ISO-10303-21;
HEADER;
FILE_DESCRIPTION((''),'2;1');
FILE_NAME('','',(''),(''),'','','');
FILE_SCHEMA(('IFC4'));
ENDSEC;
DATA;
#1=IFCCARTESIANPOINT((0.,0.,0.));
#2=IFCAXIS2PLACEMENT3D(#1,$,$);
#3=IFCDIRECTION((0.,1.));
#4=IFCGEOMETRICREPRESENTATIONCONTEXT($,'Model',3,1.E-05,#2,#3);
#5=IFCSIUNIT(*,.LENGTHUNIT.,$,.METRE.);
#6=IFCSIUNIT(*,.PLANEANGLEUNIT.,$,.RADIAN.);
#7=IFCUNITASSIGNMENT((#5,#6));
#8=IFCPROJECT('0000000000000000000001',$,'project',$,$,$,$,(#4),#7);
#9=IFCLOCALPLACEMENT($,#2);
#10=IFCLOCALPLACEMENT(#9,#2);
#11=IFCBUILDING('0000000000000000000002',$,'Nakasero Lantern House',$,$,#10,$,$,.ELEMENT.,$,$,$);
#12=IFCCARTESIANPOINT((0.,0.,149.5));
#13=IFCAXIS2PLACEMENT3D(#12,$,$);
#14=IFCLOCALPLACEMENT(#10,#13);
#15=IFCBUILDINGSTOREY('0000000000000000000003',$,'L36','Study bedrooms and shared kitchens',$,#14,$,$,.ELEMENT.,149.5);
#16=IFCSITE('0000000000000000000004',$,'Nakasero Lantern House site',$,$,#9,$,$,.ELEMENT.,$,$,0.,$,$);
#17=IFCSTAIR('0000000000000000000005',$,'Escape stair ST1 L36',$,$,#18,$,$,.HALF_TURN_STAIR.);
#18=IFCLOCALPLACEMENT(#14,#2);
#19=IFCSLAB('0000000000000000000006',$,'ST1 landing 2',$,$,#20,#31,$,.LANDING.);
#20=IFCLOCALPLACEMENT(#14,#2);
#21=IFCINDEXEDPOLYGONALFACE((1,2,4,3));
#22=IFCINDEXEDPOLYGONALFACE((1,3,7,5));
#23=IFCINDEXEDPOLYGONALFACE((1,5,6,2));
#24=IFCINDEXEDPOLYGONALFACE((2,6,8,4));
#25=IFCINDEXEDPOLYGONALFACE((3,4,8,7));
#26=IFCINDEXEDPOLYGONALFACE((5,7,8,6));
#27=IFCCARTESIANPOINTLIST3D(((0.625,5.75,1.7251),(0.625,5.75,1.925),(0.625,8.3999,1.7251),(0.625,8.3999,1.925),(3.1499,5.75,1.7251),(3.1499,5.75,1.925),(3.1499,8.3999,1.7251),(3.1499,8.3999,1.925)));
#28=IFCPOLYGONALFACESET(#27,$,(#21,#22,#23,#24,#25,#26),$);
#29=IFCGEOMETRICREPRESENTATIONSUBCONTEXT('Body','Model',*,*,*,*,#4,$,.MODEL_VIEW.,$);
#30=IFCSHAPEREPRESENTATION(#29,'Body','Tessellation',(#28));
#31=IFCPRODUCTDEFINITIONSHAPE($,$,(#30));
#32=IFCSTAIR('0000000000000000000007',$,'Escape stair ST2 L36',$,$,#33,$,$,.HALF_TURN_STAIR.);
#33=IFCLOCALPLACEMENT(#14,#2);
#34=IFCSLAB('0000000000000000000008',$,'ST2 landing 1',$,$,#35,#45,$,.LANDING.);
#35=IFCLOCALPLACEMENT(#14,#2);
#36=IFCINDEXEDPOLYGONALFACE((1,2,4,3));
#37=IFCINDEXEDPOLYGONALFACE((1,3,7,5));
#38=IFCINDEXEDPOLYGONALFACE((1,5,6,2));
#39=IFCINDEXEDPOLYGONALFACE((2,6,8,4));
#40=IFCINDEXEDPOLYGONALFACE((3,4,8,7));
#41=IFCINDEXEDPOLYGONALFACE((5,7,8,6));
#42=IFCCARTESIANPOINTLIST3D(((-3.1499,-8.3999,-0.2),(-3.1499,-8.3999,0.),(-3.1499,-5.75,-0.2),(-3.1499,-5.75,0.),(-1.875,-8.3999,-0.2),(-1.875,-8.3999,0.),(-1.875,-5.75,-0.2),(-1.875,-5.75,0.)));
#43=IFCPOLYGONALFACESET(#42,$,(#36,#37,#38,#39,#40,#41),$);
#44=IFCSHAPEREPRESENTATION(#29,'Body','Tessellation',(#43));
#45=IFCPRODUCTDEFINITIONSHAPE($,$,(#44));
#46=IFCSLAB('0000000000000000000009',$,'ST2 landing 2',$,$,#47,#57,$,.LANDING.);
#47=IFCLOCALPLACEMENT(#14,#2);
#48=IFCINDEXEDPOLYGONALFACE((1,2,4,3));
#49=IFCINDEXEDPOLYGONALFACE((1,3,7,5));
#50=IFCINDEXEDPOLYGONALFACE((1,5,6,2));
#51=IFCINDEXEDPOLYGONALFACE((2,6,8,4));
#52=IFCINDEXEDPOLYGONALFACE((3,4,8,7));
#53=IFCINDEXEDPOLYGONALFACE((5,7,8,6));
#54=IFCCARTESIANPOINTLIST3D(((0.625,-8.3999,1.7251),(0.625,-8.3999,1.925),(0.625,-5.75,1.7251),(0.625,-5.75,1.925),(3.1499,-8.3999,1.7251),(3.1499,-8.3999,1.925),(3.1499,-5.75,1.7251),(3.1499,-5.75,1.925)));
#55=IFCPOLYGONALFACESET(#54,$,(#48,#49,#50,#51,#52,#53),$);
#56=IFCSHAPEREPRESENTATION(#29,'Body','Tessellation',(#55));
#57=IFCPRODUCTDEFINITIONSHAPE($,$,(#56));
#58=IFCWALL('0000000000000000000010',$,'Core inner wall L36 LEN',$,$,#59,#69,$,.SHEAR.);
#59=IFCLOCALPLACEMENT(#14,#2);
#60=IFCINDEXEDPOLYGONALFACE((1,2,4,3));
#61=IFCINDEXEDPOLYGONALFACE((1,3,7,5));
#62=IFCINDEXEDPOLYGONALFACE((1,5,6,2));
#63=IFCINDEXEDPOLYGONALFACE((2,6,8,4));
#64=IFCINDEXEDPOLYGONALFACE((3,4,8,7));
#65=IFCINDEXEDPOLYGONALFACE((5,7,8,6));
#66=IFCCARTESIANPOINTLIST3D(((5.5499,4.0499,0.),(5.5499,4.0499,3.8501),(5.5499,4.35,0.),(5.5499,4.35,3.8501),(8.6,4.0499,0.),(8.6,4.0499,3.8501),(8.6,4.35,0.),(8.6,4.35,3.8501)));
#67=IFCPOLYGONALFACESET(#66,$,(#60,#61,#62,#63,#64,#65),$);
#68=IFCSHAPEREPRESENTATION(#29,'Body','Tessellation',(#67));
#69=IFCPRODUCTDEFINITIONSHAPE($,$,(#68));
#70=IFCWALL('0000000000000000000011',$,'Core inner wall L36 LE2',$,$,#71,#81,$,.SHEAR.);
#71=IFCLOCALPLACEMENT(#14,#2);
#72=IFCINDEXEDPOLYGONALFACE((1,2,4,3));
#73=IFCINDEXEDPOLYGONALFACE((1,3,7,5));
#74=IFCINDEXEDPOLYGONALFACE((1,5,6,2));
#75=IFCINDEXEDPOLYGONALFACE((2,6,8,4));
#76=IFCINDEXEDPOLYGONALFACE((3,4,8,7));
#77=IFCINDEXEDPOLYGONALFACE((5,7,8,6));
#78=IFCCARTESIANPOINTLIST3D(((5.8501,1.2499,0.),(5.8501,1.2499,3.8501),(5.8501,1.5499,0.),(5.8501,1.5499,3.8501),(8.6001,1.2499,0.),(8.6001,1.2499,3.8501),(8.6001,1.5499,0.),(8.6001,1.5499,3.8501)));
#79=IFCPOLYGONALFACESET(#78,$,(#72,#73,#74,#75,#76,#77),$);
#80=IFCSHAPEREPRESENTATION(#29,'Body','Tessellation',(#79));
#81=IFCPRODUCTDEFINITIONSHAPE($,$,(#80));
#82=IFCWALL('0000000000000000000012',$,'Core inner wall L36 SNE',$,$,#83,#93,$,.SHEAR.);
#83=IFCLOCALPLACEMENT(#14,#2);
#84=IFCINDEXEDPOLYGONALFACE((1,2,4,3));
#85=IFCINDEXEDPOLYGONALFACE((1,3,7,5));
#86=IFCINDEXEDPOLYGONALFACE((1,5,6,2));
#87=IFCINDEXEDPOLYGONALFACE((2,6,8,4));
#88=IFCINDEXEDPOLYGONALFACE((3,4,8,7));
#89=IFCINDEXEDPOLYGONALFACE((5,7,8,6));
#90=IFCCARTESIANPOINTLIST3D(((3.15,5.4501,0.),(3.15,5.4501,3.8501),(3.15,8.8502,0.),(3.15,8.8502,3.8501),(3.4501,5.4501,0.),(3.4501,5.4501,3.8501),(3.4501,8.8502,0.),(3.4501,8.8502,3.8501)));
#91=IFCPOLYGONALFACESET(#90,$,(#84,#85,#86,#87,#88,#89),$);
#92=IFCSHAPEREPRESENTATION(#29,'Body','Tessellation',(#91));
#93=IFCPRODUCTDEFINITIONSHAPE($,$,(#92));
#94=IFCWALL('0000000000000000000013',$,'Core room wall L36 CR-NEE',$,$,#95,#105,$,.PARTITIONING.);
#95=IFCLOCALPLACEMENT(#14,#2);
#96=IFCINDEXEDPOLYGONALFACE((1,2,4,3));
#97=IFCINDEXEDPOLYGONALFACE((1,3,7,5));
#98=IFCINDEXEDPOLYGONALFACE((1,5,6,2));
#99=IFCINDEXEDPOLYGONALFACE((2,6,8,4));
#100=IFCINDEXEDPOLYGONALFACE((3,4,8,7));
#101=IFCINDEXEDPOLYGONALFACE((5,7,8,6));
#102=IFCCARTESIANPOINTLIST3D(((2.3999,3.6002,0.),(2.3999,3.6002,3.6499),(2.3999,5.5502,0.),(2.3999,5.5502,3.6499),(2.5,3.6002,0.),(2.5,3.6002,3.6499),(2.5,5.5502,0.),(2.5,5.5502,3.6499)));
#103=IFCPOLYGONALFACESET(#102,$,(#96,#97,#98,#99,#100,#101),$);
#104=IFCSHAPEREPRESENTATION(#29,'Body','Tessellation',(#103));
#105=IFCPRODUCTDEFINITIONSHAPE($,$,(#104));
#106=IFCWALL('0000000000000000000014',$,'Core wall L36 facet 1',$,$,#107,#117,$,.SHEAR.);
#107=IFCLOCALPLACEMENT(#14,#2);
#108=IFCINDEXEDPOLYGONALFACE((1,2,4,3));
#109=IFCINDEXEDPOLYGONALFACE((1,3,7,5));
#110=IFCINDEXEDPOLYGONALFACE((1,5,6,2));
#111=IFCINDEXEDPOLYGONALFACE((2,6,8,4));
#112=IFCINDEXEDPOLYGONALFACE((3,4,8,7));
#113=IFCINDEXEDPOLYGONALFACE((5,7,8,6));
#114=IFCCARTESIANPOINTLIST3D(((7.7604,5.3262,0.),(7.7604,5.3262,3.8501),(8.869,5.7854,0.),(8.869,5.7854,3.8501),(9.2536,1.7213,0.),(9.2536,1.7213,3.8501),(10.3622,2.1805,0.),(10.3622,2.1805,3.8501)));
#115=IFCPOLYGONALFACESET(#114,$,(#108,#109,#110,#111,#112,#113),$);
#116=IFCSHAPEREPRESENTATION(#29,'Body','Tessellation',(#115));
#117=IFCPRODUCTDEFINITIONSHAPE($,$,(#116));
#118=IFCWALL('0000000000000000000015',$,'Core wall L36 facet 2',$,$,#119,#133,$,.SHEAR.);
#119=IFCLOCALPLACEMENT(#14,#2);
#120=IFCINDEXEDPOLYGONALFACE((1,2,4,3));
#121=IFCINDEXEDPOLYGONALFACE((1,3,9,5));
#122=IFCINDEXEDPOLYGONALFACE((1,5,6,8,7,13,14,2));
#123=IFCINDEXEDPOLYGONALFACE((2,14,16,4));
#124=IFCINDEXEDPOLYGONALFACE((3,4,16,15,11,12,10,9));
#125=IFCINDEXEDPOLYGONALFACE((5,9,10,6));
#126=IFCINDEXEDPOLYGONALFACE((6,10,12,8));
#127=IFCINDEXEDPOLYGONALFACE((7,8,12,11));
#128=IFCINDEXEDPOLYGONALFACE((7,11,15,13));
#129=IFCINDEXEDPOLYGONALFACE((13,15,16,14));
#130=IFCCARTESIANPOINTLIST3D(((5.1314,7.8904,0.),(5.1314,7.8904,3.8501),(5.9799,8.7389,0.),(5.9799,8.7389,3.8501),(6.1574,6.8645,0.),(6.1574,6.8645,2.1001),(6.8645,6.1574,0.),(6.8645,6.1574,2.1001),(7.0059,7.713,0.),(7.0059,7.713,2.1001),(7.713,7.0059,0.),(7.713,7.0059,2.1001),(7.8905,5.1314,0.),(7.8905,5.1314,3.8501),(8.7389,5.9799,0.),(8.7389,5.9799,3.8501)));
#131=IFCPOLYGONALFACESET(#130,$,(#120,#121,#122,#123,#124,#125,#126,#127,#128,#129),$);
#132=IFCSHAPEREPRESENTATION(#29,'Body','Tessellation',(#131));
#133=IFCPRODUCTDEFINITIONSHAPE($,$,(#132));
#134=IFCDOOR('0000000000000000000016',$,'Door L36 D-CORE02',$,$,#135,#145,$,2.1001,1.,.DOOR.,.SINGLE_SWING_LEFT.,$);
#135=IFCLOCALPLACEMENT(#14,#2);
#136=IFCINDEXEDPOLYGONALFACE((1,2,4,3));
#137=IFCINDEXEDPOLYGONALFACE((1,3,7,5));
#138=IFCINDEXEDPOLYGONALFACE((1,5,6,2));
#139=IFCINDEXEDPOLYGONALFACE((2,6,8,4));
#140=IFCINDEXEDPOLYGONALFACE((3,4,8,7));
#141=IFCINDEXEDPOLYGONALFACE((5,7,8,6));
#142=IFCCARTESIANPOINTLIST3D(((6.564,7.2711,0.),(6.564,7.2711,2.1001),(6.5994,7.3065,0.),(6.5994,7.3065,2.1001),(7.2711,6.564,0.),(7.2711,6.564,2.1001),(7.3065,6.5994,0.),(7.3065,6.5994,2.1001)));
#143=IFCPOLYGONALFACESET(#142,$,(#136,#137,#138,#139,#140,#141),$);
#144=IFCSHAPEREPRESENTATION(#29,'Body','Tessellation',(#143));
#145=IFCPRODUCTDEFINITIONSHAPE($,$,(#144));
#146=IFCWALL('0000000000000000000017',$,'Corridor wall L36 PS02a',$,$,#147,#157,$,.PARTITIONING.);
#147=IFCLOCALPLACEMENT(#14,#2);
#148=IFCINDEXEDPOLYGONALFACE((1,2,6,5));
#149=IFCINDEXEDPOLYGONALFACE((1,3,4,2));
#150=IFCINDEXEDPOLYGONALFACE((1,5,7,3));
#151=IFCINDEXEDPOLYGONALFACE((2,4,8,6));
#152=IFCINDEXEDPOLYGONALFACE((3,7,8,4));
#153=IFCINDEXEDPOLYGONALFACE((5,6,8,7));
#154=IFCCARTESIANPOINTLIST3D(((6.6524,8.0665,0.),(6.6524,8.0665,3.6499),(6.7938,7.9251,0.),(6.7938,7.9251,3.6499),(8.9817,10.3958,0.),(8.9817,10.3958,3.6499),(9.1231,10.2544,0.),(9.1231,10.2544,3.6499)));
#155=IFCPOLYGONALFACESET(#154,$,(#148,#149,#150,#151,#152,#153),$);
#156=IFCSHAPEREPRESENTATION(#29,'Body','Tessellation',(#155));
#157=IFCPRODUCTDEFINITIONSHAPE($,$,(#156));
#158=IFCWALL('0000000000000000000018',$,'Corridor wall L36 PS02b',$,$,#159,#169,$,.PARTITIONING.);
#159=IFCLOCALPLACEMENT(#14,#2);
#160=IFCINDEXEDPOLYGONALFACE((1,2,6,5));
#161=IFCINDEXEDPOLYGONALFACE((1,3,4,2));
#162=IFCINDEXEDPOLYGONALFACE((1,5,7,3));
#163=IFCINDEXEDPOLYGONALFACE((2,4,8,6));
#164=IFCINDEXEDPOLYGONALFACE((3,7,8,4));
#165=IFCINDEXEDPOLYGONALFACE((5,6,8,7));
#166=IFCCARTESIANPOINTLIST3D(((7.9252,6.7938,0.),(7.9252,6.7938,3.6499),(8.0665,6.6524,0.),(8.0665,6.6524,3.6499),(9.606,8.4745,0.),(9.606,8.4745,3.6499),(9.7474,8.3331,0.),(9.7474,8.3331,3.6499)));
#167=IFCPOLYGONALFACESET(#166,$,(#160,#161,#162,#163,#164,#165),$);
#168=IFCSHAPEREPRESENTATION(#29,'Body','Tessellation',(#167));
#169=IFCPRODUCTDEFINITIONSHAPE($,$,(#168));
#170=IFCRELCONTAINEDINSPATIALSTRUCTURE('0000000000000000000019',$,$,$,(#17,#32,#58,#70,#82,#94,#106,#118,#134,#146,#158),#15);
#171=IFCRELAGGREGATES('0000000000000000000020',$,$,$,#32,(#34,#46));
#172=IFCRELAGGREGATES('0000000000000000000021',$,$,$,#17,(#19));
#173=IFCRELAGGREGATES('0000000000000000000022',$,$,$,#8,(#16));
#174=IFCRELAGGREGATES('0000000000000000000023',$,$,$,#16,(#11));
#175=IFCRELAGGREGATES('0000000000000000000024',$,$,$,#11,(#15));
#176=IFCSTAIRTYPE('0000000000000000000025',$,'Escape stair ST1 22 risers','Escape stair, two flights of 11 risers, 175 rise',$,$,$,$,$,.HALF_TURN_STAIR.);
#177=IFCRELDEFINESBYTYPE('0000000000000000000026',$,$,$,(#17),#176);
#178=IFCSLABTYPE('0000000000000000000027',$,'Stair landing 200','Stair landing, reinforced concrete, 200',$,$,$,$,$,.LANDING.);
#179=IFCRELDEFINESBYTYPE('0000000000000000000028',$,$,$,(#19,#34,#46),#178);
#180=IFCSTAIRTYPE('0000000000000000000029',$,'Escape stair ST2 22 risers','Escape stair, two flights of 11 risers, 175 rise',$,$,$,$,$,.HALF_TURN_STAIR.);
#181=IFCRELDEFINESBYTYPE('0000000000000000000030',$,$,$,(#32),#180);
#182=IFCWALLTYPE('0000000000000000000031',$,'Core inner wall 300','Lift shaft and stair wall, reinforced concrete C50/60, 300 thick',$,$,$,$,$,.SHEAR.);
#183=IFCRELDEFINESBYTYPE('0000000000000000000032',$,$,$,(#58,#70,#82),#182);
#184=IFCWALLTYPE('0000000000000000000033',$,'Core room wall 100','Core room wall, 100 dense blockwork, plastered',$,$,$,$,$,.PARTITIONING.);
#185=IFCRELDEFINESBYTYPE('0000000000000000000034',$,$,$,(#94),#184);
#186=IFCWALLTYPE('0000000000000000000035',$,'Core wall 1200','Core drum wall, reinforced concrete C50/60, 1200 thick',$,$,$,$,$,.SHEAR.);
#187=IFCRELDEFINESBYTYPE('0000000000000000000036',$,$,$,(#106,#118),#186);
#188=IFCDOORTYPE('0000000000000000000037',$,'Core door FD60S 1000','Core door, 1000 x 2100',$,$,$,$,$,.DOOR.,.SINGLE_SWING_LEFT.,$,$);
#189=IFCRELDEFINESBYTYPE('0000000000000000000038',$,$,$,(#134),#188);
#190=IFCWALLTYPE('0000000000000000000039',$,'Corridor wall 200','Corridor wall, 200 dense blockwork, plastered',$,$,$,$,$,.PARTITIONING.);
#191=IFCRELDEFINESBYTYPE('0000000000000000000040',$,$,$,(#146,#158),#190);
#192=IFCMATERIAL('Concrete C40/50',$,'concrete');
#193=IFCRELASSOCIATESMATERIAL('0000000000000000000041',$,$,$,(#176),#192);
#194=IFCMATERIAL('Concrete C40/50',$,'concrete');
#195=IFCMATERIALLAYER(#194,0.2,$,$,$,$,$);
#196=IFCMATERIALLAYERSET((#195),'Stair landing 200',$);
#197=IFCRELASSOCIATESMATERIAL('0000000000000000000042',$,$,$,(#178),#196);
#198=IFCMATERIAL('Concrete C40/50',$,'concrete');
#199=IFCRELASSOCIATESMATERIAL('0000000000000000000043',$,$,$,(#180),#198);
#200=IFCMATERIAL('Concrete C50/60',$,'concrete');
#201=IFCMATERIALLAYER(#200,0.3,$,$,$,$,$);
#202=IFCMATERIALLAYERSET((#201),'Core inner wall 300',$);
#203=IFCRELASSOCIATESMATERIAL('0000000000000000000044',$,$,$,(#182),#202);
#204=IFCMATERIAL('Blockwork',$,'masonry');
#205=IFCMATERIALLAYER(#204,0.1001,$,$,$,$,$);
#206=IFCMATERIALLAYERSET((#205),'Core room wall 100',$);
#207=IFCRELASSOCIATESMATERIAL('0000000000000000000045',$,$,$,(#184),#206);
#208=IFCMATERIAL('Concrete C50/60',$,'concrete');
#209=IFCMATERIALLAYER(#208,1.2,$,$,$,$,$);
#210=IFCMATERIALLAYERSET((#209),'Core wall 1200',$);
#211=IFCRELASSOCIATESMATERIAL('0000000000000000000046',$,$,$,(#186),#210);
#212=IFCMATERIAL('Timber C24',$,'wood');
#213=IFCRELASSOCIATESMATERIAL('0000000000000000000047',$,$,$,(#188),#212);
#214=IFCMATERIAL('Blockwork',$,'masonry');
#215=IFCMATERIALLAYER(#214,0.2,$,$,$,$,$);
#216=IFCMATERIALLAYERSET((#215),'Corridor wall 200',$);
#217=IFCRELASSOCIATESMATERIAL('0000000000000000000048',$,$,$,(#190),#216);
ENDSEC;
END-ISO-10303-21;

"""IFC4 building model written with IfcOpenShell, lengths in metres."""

from ifc_helpers import new_model, si_unit, direction, frame, frame_2d, origin, place, context, subcontext, project, spatial, polyline, rectangle, outline, extrude, material, layer, layer_set, type_object, element, fill, aggregate, save


model = new_model("IFC4")

# Units and contexts
model_context = context("Model", 3, precision=1e-05, world=origin(), true_north=direction((0.0, 1.0)))
body_context = subcontext(model_context, "Body", "Model", "MODEL_VIEW")
ifc_project = project(units=[si_unit("LENGTHUNIT", "METRE"), si_unit("PLANEANGLEUNIT", "RADIAN")], contexts=[model_context])

# Site, building, storey
site_placement = place(None, origin())
site = spatial("IfcSite", under=ifc_project, at=site_placement, Name="Nakasero Lantern House site", CompositionType="ELEMENT", RefElevation=0.0)
building_placement = place(site_placement, origin())
building = spatial("IfcBuilding", under=site, at=building_placement, Name="Nakasero Lantern House", CompositionType="ELEMENT")
storey_placement = place(building_placement, frame((0.0, 0.0, 149.5)))
storey = spatial("IfcBuildingStorey", under=building, at=storey_placement, Name="L36", Description="Study bedrooms and shared kitchens", CompositionType="ELEMENT", Elevation=149.5)

# Stairs, slabs
ifc_material_1 = material(Name="Concrete C40/50", Category="concrete")
stair_type_1 = type_object("IfcStairType", Name="Escape stair ST1 22 risers", Description="Escape stair, two flights of 11 risers, 175 rise", PredefinedType="HALF_TURN_STAIR", material=ifc_material_1)
stair_1_placement = place(storey_placement, origin())
stair_1 = element("IfcStair", 1, at=stair_1_placement, inside=storey, type_object=stair_type_1, Name="Escape stair ST1 L36", PredefinedType="HALF_TURN_STAIR")
ifc_material_2 = material(Name="Concrete C40/50", Category="concrete")
ifc_layer_1 = layer(ifc_material_2, 0.2)
ifc_layer_set_1 = layer_set([ifc_layer_1], Name="Stair landing 200")
slab_type_1 = type_object("IfcSlabType", Name="Stair landing 200", Description="Stair landing, reinforced concrete, 200", PredefinedType="LANDING", material=ifc_layer_set_1)
slab_1_placement = place(storey_placement, frame((0.0, 0.0, 1.7251)))
slab_1 = element("IfcSlab", 2, at=slab_1_placement, type_object=slab_type_1, Name="ST1 landing 2", PredefinedType="LANDING", context=body_context, shape_type="SweptSolid", body=[
    extrude(outline(polyline([(0.625, 5.75), (3.1499, 5.75), (3.1499, 8.3999), (0.625, 8.3999), (0.625, 5.75)])), origin(), (0.0, 0.0, 1.0), 0.2),
])
ifc_material_3 = material(Name="Concrete C40/50", Category="concrete")
stair_type_2 = type_object("IfcStairType", Name="Escape stair ST2 22 risers", Description="Escape stair, two flights of 11 risers, 175 rise", PredefinedType="HALF_TURN_STAIR", material=ifc_material_3)
stair_2_placement = place(storey_placement, origin())
stair_2 = element("IfcStair", 3, at=stair_2_placement, inside=storey, type_object=stair_type_2, Name="Escape stair ST2 L36", PredefinedType="HALF_TURN_STAIR")
slab_2_placement = place(storey_placement, frame((0.0, 0.0, -0.2)))
slab_2 = element("IfcSlab", 4, at=slab_2_placement, type_object=slab_type_1, Name="ST2 landing 1", PredefinedType="LANDING", context=body_context, shape_type="SweptSolid", body=[
    extrude(outline(polyline([(-3.1499, -8.3999), (-1.875, -8.3999), (-1.875, -5.75), (-3.1499, -5.75), (-3.1499, -8.3999)])), origin(), (0.0, 0.0, 1.0), 0.2),
])
slab_3_placement = place(storey_placement, frame((0.0, 0.0, 1.7251)))
slab_3 = element("IfcSlab", 5, at=slab_3_placement, type_object=slab_type_1, Name="ST2 landing 2", PredefinedType="LANDING", context=body_context, shape_type="SweptSolid", body=[
    extrude(outline(polyline([(0.625, -8.3999), (3.1499, -8.3999), (3.1499, -5.75), (0.625, -5.75), (0.625, -8.3999)])), origin(), (0.0, 0.0, 1.0), 0.2),
])
aggregate(stair_2, [slab_2, slab_3])

# Walls
ifc_material_4 = material(Name="Concrete C50/60", Category="concrete")
ifc_layer_2 = layer(ifc_material_4, 0.3)
ifc_layer_set_2 = layer_set([ifc_layer_2], Name="Core inner wall 300")
wall_type_1 = type_object("IfcWallType", Name="Core inner wall 300", Description="Lift shaft and stair wall, reinforced concrete C50/60, 300 thick", PredefinedType="SHEAR", material=ifc_layer_set_2)
wall_1_placement = place(storey_placement, frame((5.55, 4.2, 0.0), z_axis=(0.0, 0.0, 1.0), x_axis=(1.0, 0.0, 0.0)))
element("IfcWall", 6, at=wall_1_placement, inside=storey, type_object=wall_type_1, Name="Core inner wall L36 LEN", PredefinedType="SHEAR", context=body_context, shape_type="SweptSolid", body=[
    extrude(rectangle(XDim=3.05, YDim=0.3, at=frame_2d((1.5249, 0.0))), origin(), (0.0, 0.0, 1.0), 3.8501),
])
wall_2_placement = place(storey_placement, frame((5.8501, 1.3999, 0.0), z_axis=(0.0, 0.0, 1.0), x_axis=(1.0, 0.0, 0.0)))
element("IfcWall", 7, at=wall_2_placement, inside=storey, type_object=wall_type_1, Name="Core inner wall L36 LE2", PredefinedType="SHEAR", context=body_context, shape_type="SweptSolid", body=[
    extrude(rectangle(XDim=2.75, YDim=0.3, at=frame_2d((1.375, 0.0))), origin(), (0.0, 0.0, 1.0), 3.8501),
])
wall_3_placement = place(storey_placement, frame((3.3, 5.45, 0.0), z_axis=(0.0, 0.0, 1.0), x_axis=(0.0, 1.0, 0.0)))
element("IfcWall", 8, at=wall_3_placement, inside=storey, type_object=wall_type_1, Name="Core inner wall L36 SNE", PredefinedType="SHEAR", context=body_context, shape_type="SweptSolid", body=[
    extrude(rectangle(XDim=3.4001, YDim=0.3, at=frame_2d((1.7002, 0.0))), origin(), (0.0, 0.0, 1.0), 3.8501),
])
ifc_material_5 = material(Name="Blockwork", Category="masonry")
ifc_layer_3 = layer(ifc_material_5, 0.1001)
ifc_layer_set_3 = layer_set([ifc_layer_3], Name="Core room wall 100")
wall_type_2 = type_object("IfcWallType", Name="Core room wall 100", Description="Core room wall, 100 dense blockwork, plastered", PredefinedType="PARTITIONING", material=ifc_layer_set_3)
wall_4_placement = place(storey_placement, frame((2.45, 3.6001, 0.0), z_axis=(0.0, 0.0, 1.0), x_axis=(0.0, 1.0, 0.0)))
element("IfcWall", 9, at=wall_4_placement, inside=storey, type_object=wall_type_2, Name="Core room wall L36 CR-NEE", PredefinedType="PARTITIONING", context=body_context, shape_type="SweptSolid", body=[
    extrude(rectangle(XDim=1.95, YDim=0.1001, at=frame_2d((0.9751, 0.0))), origin(), (0.0, 0.0, 1.0), 3.6499),
])
ifc_material_6 = material(Name="Concrete C50/60", Category="concrete")
ifc_layer_4 = layer(ifc_material_6, 1.2)
ifc_layer_set_4 = layer_set([ifc_layer_4], Name="Core wall 1200")
wall_type_3 = type_object("IfcWallType", Name="Core wall 1200", Description="Core drum wall, reinforced concrete C50/60, 1200 thick", PredefinedType="SHEAR", material=ifc_layer_set_4)
wall_5_placement = place(storey_placement, frame((9.8079, 1.9509, 0.0), z_axis=(0.0, 0.0, 1.0), x_axis=(-0.382691, 0.923877, 0.0)))
element("IfcWall", 10, at=wall_5_placement, inside=storey, type_object=wall_type_3, Name="Core wall L36 facet 1", PredefinedType="SHEAR", context=body_context, shape_type="SweptSolid", body=[
    extrude(rectangle(XDim=3.9019, YDim=1.2, at=frame_2d((1.9509, 0.0))), origin(), (0.0, 0.0, 1.0), 3.8501),
])

# Wall, opening, door
wall_6_placement = place(storey_placement, frame((8.3147, 5.5557, 0.0), z_axis=(0.0, 0.0, 1.0), x_axis=(-0.707107, 0.707107, 0.0)))
wall_6 = element("IfcWall", 11, at=wall_6_placement, inside=storey, type_object=wall_type_3, Name="Core wall L36 facet 2", PredefinedType="SHEAR", context=body_context, shape_type="SweptSolid", body=[
    extrude(rectangle(XDim=3.9019, YDim=1.2, at=frame_2d((1.9509, 0.0))), origin(), (0.0, 0.0, 1.0), 3.8501),
])
opening_1_placement = place(wall_6_placement, frame((1.4509, 0.0, 0.0)))
opening_1 = element("IfcOpeningElement", 12, at=opening_1_placement, cuts=wall_6, PredefinedType="OPENING", context=body_context, shape_type="SweptSolid", body=[
    extrude(rectangle(XDim=1.0, YDim=2.1001, at=frame_2d((0.5, 1.05))), frame((0.0, 0.6199, 0.0), z_axis=(0.0, -1.0, 0.0), x_axis=(1.0, 0.0, 0.0)), (0.0, 0.0, 1.0), 1.24),
])
ifc_material_7 = material(Name="Timber C24", Category="wood")
door_type_1 = type_object("IfcDoorType", Name="Core door FD60S 1000", Description="Core door, 1000 x 2100", OperationType="SINGLE_SWING_LEFT", PredefinedType="DOOR", material=ifc_material_7)
door_1_placement = place(opening_1_placement, origin())
door_1 = element("IfcDoor", 13, at=door_1_placement, inside=storey, type_object=door_type_1, Name="Door L36 D-CORE02", OperationType="SINGLE_SWING_LEFT", OverallHeight=2.1001, OverallWidth=1.0, PredefinedType="DOOR", context=body_context, shape_type="SweptSolid", body=[
    extrude(rectangle(XDim=1.0, YDim=2.1001, at=frame_2d((0.5, 1.05))), frame((0.0, 0.0249, 0.0), z_axis=(0.0, -1.0, 0.0), x_axis=(1.0, 0.0, 0.0)), (0.0, 0.0, 1.0), 0.05),
])
fill(opening_1, door_1)

# Walls
ifc_material_8 = material(Name="Blockwork", Category="masonry")
ifc_layer_5 = layer(ifc_material_8, 0.2)
ifc_layer_set_5 = layer_set([ifc_layer_5], Name="Corridor wall 200")
wall_type_4 = type_object("IfcWallType", Name="Corridor wall 200", Description="Corridor wall, 200 dense blockwork, plastered", PredefinedType="PARTITIONING", material=ifc_layer_set_5)
wall_7_placement = place(storey_placement, frame((6.7231, 7.9958, 0.0), z_axis=(0.0, 0.0, 1.0), x_axis=(0.707107, 0.707107, 0.0)))
element("IfcWall", 14, at=wall_7_placement, inside=storey, type_object=wall_type_4, Name="Corridor wall L36 PS02a", PredefinedType="PARTITIONING", context=body_context, shape_type="SweptSolid", body=[
    extrude(rectangle(XDim=3.2942, YDim=0.2, at=frame_2d((1.647, 0.0))), origin(), (0.0, 0.0, 1.0), 3.6499),
])
wall_8_placement = place(storey_placement, frame((7.9958, 6.7231, 0.0), z_axis=(0.0, 0.0, 1.0), x_axis=(0.707158, 0.707055, 0.0)))
element("IfcWall", 15, at=wall_8_placement, inside=storey, type_object=wall_type_4, Name="Corridor wall L36 PS02b", PredefinedType="PARTITIONING", context=body_context, shape_type="SweptSolid", body=[
    extrude(rectangle(XDim=2.377, YDim=0.2, at=frame_2d((1.1885, 0.0))), origin(), (0.0, 0.0, 1.0), 3.6499),
])

aggregate(stair_1, [slab_1])

save(model, "model.ifc")
